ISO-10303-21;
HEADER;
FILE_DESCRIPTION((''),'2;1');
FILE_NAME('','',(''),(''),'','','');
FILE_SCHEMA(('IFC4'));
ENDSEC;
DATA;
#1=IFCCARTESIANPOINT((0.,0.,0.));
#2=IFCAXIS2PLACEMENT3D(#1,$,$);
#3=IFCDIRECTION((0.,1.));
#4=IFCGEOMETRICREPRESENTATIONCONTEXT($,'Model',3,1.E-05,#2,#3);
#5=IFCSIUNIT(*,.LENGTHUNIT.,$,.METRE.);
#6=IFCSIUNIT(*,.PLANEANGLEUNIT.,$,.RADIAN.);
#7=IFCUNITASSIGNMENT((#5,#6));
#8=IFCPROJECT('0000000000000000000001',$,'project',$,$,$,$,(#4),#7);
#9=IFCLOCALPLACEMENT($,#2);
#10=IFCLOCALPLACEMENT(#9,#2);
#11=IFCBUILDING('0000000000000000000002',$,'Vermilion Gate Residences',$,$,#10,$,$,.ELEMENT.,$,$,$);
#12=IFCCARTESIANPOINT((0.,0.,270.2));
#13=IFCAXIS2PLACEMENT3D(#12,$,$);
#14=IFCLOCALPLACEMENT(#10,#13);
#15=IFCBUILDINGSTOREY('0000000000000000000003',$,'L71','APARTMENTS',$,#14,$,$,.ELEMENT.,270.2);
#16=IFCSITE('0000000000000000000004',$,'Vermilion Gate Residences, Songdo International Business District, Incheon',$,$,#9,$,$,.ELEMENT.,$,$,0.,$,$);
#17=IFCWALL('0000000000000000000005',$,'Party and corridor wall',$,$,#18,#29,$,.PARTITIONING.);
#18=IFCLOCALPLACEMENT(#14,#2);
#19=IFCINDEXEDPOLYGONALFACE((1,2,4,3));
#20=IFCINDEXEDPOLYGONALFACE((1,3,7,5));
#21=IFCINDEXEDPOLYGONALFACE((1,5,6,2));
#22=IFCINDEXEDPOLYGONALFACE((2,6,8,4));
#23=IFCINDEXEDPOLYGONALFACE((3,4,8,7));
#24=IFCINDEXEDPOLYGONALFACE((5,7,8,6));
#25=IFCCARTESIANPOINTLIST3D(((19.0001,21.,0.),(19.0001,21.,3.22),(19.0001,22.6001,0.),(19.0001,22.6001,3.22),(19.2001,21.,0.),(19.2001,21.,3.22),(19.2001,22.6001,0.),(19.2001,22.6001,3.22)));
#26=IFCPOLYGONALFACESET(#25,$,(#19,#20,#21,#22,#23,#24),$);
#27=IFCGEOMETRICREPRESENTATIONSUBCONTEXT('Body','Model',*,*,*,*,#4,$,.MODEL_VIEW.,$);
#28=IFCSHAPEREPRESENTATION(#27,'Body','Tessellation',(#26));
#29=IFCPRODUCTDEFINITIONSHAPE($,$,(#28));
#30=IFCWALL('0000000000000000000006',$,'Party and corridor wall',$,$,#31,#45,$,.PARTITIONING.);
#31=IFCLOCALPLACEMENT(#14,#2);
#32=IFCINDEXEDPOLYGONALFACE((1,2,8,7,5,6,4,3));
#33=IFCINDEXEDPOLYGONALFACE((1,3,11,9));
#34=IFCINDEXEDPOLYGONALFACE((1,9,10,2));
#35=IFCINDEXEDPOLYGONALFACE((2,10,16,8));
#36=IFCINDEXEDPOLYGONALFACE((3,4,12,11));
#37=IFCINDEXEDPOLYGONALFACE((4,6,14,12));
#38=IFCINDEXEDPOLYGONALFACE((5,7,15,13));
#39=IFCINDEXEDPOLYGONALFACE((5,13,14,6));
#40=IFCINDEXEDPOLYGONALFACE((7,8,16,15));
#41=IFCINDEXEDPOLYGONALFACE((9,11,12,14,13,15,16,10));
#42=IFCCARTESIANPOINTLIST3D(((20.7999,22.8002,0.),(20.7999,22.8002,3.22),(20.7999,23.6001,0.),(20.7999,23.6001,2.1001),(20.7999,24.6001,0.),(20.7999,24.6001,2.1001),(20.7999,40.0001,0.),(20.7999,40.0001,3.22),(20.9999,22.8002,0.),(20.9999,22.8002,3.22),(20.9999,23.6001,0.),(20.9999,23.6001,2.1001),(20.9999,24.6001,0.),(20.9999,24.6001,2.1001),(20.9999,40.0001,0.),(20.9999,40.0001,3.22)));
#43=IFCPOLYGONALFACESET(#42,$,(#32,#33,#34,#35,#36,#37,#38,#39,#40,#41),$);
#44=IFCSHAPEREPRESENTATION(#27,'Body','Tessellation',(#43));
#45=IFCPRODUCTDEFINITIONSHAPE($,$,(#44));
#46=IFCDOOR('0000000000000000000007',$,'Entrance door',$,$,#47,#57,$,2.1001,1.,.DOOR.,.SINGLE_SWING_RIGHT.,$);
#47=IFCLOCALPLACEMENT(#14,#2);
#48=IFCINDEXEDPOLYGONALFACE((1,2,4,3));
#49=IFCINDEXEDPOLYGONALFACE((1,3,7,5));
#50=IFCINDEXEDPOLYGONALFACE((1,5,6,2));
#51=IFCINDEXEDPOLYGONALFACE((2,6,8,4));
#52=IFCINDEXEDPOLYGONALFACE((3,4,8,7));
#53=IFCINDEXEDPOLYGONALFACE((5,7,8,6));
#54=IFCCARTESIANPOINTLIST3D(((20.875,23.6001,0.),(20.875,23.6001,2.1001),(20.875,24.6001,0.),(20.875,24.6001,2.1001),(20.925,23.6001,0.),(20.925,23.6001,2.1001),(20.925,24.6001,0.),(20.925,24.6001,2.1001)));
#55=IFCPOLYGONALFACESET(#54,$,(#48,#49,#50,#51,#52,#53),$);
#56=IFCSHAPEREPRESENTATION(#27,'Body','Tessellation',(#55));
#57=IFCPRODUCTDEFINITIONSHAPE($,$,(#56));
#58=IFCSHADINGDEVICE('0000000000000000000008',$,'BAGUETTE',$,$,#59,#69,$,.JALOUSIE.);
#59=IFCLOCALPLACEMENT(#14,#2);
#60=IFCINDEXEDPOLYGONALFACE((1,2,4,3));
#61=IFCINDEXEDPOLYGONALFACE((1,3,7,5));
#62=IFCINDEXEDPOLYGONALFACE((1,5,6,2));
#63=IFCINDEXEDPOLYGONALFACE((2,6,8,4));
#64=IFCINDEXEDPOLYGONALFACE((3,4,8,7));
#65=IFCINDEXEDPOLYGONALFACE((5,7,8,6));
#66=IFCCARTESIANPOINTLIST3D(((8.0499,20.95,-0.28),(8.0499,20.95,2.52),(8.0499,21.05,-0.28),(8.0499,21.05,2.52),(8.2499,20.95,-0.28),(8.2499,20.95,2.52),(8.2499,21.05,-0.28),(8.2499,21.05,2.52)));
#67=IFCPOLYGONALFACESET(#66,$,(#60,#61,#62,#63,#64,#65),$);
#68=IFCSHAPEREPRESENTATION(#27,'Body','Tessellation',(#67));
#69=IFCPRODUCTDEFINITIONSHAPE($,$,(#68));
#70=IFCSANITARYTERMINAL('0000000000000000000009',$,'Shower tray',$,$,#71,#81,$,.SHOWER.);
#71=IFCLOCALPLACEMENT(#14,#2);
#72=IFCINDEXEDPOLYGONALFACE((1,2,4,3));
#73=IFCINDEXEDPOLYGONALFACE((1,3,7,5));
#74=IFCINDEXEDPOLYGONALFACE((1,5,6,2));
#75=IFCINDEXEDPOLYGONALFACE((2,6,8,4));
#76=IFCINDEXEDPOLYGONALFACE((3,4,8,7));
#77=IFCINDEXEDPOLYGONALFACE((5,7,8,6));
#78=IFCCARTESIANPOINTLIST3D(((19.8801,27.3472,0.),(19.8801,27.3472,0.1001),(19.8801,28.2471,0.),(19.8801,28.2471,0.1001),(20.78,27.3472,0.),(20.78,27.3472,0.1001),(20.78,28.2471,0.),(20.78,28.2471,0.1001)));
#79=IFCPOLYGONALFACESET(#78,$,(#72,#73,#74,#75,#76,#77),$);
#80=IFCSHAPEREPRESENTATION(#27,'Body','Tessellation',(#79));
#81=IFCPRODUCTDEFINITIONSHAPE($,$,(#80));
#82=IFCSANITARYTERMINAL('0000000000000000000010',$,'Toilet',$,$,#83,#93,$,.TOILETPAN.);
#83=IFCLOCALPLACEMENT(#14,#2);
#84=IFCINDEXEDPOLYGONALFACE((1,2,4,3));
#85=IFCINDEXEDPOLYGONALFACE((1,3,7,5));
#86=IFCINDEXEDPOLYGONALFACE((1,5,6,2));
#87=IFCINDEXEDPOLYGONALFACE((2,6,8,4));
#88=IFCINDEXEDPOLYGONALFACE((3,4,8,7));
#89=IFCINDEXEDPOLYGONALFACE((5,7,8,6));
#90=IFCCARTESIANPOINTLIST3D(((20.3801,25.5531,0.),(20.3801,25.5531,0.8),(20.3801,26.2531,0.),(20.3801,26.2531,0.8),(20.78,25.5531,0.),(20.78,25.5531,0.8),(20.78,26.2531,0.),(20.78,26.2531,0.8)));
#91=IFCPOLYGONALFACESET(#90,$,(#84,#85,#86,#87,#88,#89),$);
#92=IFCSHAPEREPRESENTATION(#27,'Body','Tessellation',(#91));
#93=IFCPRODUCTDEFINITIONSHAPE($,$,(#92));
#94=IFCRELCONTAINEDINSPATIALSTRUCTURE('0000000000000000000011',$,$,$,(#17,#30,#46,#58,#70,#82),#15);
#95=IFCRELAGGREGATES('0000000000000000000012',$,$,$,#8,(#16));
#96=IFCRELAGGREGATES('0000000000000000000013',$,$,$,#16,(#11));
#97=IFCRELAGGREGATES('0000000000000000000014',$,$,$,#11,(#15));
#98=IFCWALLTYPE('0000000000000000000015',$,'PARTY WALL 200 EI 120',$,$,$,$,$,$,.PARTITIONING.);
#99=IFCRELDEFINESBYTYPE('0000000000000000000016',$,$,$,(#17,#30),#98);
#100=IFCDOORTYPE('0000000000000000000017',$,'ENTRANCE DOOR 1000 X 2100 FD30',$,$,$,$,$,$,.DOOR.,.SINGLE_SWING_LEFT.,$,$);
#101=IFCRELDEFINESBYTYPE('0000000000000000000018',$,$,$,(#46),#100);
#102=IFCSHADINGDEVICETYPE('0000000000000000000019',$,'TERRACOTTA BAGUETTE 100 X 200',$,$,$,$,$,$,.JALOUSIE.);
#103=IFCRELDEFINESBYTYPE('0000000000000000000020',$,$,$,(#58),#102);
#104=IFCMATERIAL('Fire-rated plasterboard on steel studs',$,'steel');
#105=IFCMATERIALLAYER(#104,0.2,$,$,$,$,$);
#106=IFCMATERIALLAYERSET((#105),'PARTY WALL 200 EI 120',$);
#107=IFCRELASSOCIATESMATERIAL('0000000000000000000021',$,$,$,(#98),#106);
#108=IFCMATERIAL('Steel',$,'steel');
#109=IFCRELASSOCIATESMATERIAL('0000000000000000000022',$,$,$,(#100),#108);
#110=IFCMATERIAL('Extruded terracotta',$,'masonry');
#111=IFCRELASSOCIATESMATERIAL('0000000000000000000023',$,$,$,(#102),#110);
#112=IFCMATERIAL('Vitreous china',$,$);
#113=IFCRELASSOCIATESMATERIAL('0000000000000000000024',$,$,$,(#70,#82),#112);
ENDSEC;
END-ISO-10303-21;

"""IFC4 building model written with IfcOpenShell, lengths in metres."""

from ifc_helpers import new_model, si_unit, direction, frame, frame_2d, origin, origin_2d, place, context, subcontext, project, spatial, rectangle, extrude, material, layer, layer_set, material_profile, profile_set, type_object, element, fill, save


model = new_model("IFC4")

# Units and contexts
model_context = context("Model", 3, precision=1e-05, world=origin(), true_north=direction((0.0, 1.0)))
body_context = subcontext(model_context, "Body", "Model", "MODEL_VIEW")
ifc_project = project(units=[si_unit("LENGTHUNIT", "METRE"), si_unit("PLANEANGLEUNIT", "RADIAN")], contexts=[model_context])

# Site, building, storey
site_placement = place(None, origin())
site = spatial("IfcSite", under=ifc_project, at=site_placement, Name="Vermilion Gate Residences, Songdo International Business District, Incheon", CompositionType="ELEMENT", RefElevation=0.0)
building_placement = place(site_placement, origin())
building = spatial("IfcBuilding", under=site, at=building_placement, Name="Vermilion Gate Residences", CompositionType="ELEMENT")
storey_placement = place(building_placement, frame((0.0, 0.0, 270.2)))
storey = spatial("IfcBuildingStorey", under=building, at=storey_placement, Name="L71", Description="APARTMENTS", CompositionType="ELEMENT", Elevation=270.2)

# Wall
ifc_material_1 = material(Name="Fire-rated plasterboard on steel studs", Category="steel")
ifc_layer_1 = layer(ifc_material_1, 0.2)
ifc_layer_set_1 = layer_set([ifc_layer_1], Name="PARTY WALL 200 EI 120")
wall_type_1 = type_object("IfcWallType", Name="PARTY WALL 200 EI 120", PredefinedType="PARTITIONING", material=ifc_layer_set_1)
wall_1_placement = place(storey_placement, frame((19.1001, 21.0, 0.0), z_axis=(0.0, 0.0, 1.0), x_axis=(0.0, 1.0, 0.0)))
element("IfcWall", 1, at=wall_1_placement, inside=storey, type_object=wall_type_1, Name="Party and corridor wall", PredefinedType="PARTITIONING", context=body_context, shape_type="SweptSolid", body=[
    extrude(rectangle(XDim=1.6001, YDim=0.2, at=frame_2d((0.8, 0.0))), origin(), (0.0, 0.0, 1.0), 3.22),
])

# Wall, opening, door
wall_2_placement = place(storey_placement, frame((20.8999, 22.8, 0.0), z_axis=(0.0, 0.0, 1.0), x_axis=(0.0, 1.0, 0.0)))
wall_2 = element("IfcWall", 2, at=wall_2_placement, inside=storey, type_object=wall_type_1, Name="Party and corridor wall", PredefinedType="PARTITIONING", context=body_context, shape_type="SweptSolid", body=[
    extrude(rectangle(XDim=17.2, YDim=0.2, at=frame_2d((8.6001, 0.0))), origin(), (0.0, 0.0, 1.0), 3.22),
])
opening_1_placement = place(wall_2_placement, frame((0.8, 0.0, 0.0)))
opening_1 = element("IfcOpeningElement", 3, at=opening_1_placement, cuts=wall_2, PredefinedType="OPENING", context=body_context, shape_type="SweptSolid", body=[
    extrude(rectangle(XDim=1.0, YDim=2.1001, at=frame_2d((0.5, 1.05))), frame((0.0, 0.1099, 0.0), z_axis=(0.0, -1.0, 0.0), x_axis=(1.0, 0.0, 0.0)), (0.0, 0.0, 1.0), 0.22),
])
ifc_material_2 = material(Name="Steel", Category="steel")
door_type_1 = type_object("IfcDoorType", Name="ENTRANCE DOOR 1000 X 2100 FD30", OperationType="SINGLE_SWING_LEFT", PredefinedType="DOOR", material=ifc_material_2)
door_1_placement = place(opening_1_placement, origin())
door_1 = element("IfcDoor", 4, at=door_1_placement, inside=storey, type_object=door_type_1, Name="Entrance door", OperationType="SINGLE_SWING_RIGHT", OverallHeight=2.1001, OverallWidth=1.0, PredefinedType="DOOR", context=body_context, shape_type="SweptSolid", body=[
    extrude(rectangle(XDim=1.0, YDim=2.1001, at=frame_2d((0.5, 1.05))), frame((0.0, 0.0249, 0.0), z_axis=(0.0, -1.0, 0.0), x_axis=(1.0, 0.0, 0.0)), (0.0, 0.0, 1.0), 0.05),
])
fill(opening_1, door_1)

# Shading device
ifc_material_3 = material(Name="Extruded terracotta", Category="masonry")
ifc_material_profile_1 = material_profile(ifc_material_3, rectangle(XDim=0.2, YDim=0.1001, at=origin_2d()), Name="BAGUETTE 100 X 200")
ifc_profile_set_1 = profile_set([ifc_material_profile_1], Name="Extruded terracotta")
shading_device_type = type_object("IfcShadingDeviceType", Name="TERRACOTTA BAGUETTE 100 X 200", PredefinedType="JALOUSIE", material=ifc_profile_set_1)
shading_device_placement = place(storey_placement, frame((8.1499, 21.0, -0.28), z_axis=(0.0, 0.0, 1.0), x_axis=(1.0, 0.0, 0.0)))
element("IfcShadingDevice", 5, at=shading_device_placement, inside=storey, type_object=shading_device_type, Name="BAGUETTE", PredefinedType="JALOUSIE", context=body_context, shape_type="SweptSolid", body=[
    extrude(rectangle(XDim=0.2, YDim=0.1001, at=origin_2d()), origin(), (0.0, 0.0, 1.0), 2.8),
])

# Sanitary terminals
ifc_material_4 = material(Name="Vitreous china")
sanitary_terminal_1_placement = place(storey_placement, frame((20.3301, 27.7971, 0.0), z_axis=(0.0, 0.0, 1.0), x_axis=(1.0, 0.0, 0.0)))
element("IfcSanitaryTerminal", 6, at=sanitary_terminal_1_placement, inside=storey, material=ifc_material_4, Name="Shower tray", PredefinedType="SHOWER", context=body_context, shape_type="SweptSolid", body=[
    extrude(rectangle(XDim=0.8999, YDim=0.8999, at=origin_2d()), origin(), (0.0, 0.0, 1.0), 0.1001),
])
sanitary_terminal_2_placement = place(storey_placement, frame((20.5801, 25.9031, 0.0), z_axis=(0.0, 0.0, 1.0), x_axis=(1.0, 0.0, 0.0)))
element("IfcSanitaryTerminal", 7, at=sanitary_terminal_2_placement, inside=storey, material=ifc_material_4, Name="Toilet", PredefinedType="TOILETPAN", context=body_context, shape_type="SweptSolid", body=[
    extrude(rectangle(XDim=0.3999, YDim=0.7, at=origin_2d()), origin(), (0.0, 0.0, 1.0), 0.8),
])

save(model, "model.ifc")
